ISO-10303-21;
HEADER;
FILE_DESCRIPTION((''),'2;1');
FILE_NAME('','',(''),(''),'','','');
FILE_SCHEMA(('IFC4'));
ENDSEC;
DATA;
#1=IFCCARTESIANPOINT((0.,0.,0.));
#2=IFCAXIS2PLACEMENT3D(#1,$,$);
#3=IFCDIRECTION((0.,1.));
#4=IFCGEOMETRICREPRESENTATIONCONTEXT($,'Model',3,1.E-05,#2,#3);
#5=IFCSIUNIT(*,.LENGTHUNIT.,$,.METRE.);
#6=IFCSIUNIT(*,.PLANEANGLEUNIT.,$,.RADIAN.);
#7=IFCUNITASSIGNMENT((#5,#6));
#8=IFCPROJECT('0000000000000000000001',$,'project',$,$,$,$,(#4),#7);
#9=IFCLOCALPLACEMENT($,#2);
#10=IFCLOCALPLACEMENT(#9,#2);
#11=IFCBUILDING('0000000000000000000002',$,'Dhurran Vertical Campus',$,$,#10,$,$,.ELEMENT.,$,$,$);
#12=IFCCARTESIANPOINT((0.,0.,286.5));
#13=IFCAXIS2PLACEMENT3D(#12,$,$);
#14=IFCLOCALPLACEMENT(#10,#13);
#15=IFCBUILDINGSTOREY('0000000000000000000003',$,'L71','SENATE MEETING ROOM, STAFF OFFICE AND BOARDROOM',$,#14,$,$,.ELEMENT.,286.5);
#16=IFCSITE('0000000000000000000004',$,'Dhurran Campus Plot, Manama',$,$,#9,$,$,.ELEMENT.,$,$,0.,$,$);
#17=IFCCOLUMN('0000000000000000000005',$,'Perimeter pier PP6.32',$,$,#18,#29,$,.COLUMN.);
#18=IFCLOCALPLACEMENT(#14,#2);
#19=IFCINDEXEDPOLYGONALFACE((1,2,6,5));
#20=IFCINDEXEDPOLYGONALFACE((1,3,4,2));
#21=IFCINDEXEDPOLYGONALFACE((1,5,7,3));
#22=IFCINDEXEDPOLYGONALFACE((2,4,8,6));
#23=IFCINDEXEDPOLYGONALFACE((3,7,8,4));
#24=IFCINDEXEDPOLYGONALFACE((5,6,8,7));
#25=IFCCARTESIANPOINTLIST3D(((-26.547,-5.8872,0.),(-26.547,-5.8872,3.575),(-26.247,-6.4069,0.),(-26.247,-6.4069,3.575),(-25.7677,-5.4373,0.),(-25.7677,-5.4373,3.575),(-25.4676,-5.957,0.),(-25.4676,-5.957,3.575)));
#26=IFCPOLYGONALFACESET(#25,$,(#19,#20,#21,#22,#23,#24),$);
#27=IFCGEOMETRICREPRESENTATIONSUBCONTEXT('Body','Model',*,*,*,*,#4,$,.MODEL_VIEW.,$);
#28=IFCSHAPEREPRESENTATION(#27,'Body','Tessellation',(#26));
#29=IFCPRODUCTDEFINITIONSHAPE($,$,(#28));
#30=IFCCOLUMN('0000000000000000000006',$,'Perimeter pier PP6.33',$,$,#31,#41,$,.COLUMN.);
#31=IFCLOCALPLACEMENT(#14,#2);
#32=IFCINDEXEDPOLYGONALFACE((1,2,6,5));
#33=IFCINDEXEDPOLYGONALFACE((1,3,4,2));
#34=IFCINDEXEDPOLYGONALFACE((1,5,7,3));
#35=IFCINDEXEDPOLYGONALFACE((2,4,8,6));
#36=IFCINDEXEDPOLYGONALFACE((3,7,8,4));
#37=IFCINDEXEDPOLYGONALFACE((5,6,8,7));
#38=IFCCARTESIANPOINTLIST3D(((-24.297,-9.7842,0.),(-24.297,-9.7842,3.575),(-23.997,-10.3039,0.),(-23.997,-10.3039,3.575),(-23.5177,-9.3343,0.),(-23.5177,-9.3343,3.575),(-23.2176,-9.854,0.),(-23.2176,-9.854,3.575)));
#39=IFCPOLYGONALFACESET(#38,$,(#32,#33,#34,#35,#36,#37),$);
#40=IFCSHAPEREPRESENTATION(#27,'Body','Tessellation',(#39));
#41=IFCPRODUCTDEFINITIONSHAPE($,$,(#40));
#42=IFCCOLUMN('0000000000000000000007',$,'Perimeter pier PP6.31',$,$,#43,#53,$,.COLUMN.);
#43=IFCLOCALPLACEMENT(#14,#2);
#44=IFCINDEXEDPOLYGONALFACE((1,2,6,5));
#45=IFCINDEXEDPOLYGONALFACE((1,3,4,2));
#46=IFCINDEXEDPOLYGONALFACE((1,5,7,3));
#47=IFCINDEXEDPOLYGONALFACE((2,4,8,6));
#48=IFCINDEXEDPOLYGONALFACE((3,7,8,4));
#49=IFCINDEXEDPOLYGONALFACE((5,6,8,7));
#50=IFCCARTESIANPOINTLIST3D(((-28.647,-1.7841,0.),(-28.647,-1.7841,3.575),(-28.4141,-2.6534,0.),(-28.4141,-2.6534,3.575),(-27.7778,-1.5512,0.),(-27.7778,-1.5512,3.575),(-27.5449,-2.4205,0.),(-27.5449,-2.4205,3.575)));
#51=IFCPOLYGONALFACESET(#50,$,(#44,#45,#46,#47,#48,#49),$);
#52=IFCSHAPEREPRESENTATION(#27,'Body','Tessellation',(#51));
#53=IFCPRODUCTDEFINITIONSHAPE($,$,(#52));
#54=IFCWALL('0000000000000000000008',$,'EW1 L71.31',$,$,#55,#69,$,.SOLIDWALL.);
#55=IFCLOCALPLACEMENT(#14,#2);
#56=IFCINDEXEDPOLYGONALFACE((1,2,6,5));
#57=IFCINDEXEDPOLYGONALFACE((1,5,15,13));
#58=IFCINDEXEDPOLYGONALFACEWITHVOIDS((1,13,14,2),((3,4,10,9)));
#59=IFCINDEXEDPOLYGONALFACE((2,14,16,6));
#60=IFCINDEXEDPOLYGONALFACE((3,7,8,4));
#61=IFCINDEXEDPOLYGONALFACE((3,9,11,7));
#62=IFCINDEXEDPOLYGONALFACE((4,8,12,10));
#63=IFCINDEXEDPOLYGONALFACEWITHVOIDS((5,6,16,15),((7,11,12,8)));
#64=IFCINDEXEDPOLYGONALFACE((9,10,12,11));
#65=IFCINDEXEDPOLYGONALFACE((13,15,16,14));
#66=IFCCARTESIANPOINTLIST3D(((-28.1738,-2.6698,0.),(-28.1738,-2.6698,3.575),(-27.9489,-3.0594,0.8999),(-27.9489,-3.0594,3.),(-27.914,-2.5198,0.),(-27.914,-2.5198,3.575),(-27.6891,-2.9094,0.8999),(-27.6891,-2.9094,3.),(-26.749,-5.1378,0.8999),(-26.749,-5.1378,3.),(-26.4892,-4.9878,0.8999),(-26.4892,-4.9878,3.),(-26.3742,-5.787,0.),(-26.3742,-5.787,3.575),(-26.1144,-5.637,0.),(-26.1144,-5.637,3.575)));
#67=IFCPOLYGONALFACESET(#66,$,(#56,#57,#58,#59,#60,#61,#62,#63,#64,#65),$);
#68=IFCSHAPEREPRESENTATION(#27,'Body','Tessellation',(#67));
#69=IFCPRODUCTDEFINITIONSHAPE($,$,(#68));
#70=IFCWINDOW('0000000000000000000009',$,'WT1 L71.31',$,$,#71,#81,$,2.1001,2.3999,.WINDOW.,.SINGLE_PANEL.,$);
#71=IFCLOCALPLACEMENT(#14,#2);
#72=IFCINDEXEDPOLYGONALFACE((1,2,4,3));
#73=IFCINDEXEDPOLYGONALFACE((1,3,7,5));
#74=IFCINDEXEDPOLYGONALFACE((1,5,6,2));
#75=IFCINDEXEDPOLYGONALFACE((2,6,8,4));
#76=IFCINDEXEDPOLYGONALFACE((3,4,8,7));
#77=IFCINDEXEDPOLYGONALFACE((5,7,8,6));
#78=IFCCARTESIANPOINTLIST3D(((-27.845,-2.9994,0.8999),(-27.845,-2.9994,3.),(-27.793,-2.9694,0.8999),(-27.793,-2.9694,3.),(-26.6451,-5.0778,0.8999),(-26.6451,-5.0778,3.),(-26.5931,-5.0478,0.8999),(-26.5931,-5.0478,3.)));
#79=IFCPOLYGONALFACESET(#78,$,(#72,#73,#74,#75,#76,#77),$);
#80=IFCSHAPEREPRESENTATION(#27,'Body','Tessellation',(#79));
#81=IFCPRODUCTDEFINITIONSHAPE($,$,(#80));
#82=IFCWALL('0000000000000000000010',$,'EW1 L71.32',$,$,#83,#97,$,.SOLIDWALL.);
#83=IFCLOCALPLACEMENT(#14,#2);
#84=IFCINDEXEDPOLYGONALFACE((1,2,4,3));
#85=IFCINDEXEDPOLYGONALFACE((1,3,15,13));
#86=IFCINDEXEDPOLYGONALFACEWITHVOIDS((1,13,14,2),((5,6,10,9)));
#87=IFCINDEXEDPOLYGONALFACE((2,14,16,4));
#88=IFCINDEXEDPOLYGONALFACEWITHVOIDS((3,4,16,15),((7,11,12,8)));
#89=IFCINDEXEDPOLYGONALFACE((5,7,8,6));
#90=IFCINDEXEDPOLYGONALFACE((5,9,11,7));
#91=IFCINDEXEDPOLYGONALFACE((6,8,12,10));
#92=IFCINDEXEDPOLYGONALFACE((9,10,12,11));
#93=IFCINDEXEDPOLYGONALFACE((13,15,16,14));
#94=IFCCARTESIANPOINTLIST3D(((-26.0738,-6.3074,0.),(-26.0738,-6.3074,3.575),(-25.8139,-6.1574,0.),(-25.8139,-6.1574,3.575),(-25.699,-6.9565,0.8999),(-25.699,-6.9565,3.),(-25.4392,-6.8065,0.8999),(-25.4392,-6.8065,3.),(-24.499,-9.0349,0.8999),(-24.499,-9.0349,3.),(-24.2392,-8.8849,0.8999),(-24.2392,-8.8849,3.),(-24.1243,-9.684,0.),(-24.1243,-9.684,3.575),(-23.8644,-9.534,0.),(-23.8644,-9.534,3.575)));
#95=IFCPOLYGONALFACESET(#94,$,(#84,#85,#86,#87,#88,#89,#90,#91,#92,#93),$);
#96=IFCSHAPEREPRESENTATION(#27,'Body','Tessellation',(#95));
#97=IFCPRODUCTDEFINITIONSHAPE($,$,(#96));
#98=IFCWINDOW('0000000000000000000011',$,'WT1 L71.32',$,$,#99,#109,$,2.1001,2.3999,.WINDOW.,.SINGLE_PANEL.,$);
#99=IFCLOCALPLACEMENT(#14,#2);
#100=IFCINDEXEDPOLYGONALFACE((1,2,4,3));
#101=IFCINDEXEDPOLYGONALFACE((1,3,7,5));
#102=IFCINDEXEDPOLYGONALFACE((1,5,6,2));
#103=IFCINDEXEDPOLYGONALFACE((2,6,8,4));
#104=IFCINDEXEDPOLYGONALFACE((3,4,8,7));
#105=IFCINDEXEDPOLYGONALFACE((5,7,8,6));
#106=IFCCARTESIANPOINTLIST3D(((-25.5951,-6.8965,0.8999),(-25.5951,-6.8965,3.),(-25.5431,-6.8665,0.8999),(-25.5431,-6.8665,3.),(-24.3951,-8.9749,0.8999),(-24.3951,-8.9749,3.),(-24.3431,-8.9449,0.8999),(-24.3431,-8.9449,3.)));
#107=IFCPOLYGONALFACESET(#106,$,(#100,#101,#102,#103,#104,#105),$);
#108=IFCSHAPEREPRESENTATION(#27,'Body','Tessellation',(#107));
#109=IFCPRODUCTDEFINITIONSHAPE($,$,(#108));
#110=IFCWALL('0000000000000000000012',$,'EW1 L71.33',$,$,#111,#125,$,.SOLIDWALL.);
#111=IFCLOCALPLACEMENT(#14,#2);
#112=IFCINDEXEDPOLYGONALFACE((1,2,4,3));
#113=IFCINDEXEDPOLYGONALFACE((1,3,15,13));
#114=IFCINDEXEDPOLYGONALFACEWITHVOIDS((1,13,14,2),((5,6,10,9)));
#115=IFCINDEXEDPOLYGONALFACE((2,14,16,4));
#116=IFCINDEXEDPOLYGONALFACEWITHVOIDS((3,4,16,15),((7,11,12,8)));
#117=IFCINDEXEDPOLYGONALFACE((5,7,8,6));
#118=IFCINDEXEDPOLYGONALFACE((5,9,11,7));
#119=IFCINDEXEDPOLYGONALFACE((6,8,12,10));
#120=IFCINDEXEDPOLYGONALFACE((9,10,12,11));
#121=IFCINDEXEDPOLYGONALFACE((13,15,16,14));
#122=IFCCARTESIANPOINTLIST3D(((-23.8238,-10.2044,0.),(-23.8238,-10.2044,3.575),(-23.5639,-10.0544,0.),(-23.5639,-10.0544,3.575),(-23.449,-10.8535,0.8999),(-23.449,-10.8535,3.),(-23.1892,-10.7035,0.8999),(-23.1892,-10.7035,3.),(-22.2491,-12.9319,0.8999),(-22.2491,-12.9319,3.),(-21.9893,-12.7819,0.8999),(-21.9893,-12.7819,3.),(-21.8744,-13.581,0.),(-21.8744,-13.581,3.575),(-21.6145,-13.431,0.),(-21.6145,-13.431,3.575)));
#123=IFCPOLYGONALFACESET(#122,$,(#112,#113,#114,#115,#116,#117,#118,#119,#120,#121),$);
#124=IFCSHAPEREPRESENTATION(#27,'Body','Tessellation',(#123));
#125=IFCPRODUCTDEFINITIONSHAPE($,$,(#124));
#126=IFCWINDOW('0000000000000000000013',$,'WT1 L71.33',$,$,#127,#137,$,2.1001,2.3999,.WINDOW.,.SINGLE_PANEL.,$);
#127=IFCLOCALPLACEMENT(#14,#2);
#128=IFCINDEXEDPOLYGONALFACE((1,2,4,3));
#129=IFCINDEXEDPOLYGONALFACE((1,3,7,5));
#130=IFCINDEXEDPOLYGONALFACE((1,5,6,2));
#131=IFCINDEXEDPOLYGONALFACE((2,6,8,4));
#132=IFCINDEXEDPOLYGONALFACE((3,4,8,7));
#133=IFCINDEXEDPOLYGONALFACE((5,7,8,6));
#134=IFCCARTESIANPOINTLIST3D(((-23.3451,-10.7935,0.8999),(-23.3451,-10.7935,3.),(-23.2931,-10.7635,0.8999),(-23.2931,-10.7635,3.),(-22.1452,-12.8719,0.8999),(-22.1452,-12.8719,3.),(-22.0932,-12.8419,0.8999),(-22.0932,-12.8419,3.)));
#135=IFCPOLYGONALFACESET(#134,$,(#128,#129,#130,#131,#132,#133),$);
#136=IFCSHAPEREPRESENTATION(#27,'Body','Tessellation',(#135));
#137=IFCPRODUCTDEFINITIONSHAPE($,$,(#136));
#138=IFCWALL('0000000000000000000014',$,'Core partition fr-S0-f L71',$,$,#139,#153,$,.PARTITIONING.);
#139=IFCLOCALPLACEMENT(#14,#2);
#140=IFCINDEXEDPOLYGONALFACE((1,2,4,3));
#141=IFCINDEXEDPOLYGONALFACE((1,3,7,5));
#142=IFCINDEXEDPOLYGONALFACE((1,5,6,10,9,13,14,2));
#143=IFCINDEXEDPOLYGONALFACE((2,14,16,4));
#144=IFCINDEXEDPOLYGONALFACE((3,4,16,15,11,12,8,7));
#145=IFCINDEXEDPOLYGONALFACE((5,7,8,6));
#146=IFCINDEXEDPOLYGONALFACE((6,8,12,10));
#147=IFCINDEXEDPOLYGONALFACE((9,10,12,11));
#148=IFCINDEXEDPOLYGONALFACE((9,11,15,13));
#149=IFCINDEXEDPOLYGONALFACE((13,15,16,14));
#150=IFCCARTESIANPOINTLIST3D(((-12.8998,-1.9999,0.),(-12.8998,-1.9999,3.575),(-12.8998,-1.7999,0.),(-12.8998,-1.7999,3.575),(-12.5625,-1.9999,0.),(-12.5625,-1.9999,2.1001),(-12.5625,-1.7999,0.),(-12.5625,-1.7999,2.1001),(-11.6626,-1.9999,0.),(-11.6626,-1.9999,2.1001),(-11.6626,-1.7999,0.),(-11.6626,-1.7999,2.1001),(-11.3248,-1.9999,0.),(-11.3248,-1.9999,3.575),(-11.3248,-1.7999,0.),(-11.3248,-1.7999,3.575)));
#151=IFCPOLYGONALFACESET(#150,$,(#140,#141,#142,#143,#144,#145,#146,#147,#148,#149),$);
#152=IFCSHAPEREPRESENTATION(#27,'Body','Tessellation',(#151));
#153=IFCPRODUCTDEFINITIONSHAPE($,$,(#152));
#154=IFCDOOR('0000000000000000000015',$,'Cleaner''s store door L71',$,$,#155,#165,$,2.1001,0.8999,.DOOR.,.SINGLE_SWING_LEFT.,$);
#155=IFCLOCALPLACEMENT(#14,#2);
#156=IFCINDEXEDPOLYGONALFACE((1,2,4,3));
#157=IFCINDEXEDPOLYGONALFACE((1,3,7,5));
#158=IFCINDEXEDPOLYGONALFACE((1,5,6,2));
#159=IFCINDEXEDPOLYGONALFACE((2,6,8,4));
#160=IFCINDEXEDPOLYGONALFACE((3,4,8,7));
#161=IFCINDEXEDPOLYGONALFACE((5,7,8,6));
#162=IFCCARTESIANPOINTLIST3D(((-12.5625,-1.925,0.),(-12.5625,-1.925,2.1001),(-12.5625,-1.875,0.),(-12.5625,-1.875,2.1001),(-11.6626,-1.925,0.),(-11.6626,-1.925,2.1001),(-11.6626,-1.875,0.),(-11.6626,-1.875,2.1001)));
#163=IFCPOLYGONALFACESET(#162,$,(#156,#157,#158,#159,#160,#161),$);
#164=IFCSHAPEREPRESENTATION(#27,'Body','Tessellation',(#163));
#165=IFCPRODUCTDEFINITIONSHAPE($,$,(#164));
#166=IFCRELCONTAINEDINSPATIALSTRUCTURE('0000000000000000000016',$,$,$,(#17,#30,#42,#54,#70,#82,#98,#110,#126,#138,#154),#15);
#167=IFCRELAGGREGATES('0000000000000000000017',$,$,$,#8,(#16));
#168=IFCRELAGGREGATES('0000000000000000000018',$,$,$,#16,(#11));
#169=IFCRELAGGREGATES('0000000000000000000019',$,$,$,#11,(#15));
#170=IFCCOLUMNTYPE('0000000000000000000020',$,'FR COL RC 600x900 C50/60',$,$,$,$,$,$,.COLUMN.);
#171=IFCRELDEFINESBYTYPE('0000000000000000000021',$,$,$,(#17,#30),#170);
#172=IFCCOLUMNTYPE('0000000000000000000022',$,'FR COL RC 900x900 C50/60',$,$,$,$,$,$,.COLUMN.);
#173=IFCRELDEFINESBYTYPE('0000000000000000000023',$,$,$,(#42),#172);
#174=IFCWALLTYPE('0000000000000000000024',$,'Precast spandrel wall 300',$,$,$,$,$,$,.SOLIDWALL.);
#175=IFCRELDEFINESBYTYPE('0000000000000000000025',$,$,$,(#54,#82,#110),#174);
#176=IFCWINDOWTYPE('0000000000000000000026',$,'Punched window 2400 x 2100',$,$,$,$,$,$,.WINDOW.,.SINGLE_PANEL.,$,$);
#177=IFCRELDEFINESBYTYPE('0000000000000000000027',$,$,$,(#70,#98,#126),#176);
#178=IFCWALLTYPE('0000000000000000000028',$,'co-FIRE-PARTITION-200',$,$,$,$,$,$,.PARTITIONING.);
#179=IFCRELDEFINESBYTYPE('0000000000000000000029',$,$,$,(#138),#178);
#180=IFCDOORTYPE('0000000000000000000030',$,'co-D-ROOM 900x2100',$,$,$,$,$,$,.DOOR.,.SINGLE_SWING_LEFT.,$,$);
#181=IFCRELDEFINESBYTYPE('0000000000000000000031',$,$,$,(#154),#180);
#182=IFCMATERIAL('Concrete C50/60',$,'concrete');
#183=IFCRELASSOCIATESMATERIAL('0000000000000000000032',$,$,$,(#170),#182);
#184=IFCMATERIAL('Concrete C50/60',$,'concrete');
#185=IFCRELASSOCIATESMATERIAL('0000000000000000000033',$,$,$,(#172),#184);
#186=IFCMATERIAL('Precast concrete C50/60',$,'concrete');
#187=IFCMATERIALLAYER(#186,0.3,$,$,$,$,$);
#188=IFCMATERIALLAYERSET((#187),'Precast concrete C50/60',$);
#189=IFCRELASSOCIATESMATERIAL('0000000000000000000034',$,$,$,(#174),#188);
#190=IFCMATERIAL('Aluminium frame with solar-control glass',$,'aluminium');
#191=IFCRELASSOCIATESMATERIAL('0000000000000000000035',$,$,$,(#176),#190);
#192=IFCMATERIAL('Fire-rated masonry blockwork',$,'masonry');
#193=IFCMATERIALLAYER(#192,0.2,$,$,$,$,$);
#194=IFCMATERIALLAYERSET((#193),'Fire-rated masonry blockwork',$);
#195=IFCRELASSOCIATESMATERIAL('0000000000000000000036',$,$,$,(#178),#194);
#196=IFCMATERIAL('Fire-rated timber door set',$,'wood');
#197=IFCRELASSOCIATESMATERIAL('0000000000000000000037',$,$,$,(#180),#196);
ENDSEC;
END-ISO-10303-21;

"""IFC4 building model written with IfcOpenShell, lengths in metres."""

from ifc_helpers import new_model, si_unit, direction, frame, frame_2d, origin, origin_2d, place, context, subcontext, project, spatial, rectangle, extrude, material, layer, layer_set, material_profile, profile_set, type_object, element, fill, save


model = new_model("IFC4")

# Units and contexts
model_context = context("Model", 3, precision=1e-05, world=origin(), true_north=direction((0.0, 1.0)))
body_context = subcontext(model_context, "Body", "Model", "MODEL_VIEW")
ifc_project = project(units=[si_unit("LENGTHUNIT", "METRE"), si_unit("PLANEANGLEUNIT", "RADIAN")], contexts=[model_context])

# Site, building, storey
site_placement = place(None, origin())
site = spatial("IfcSite", under=ifc_project, at=site_placement, Name="Dhurran Campus Plot, Manama", CompositionType="ELEMENT", RefElevation=0.0)
building_placement = place(site_placement, origin())
building = spatial("IfcBuilding", under=site, at=building_placement, Name="Dhurran Vertical Campus", CompositionType="ELEMENT")
storey_placement = place(building_placement, frame((0.0, 0.0, 286.5)))
storey = spatial("IfcBuildingStorey", under=building, at=storey_placement, Name="L71", Description="SENATE MEETING ROOM, STAFF OFFICE AND BOARDROOM", CompositionType="ELEMENT", Elevation=286.5)

# Columns
ifc_material_1 = material(Name="Concrete C50/60", Category="concrete")
ifc_material_profile_1 = material_profile(ifc_material_1, rectangle(XDim=0.6001, YDim=0.8999, at=origin_2d()), Name="RC 600x900")
ifc_profile_set_1 = profile_set([ifc_material_profile_1], Name="Concrete C50/60")
column_type_1 = type_object("IfcColumnType", Name="FR COL RC 600x900 C50/60", PredefinedType="COLUMN", material=ifc_profile_set_1)
for number, where, z_axis, x_axis, name in (
    (1, (-26.0073, -5.9221, 0.0), (0.0, 0.0, 1.0), (0.5, -0.866025, 0.0), "Perimeter pier PP6.32"),
    (2, (-23.7573, -9.8191, 0.0), (0.0, 0.0, 1.0), (0.5, -0.866025, 0.0), "Perimeter pier PP6.33"),
):
    element("IfcColumn", number, at=place(storey_placement, frame(where, z_axis=z_axis, x_axis=x_axis)), inside=storey, type_object=column_type_1, Name=name, PredefinedType="COLUMN", context=body_context, shape_type="SweptSolid", body=[
        extrude(rectangle(XDim=0.6001, YDim=0.8999, at=origin_2d()), origin(), (0.0, 0.0, 1.0), 3.575),
    ])
ifc_material_2 = material(Name="Concrete C50/60", Category="concrete")
ifc_material_profile_2 = material_profile(ifc_material_2, rectangle(XDim=0.8999, YDim=0.8999, at=origin_2d()), Name="RC 900x900")
ifc_profile_set_2 = profile_set([ifc_material_profile_2], Name="Concrete C50/60")
column_type_2 = type_object("IfcColumnType", Name="FR COL RC 900x900 C50/60", PredefinedType="COLUMN", material=ifc_profile_set_2)
column_placement = place(storey_placement, frame((-28.0959, -2.1023, 0.0), z_axis=(0.0, 0.0, 1.0), x_axis=(0.258819, -0.965926, 0.0)))
element("IfcColumn", 3, at=column_placement, inside=storey, type_object=column_type_2, Name="Perimeter pier PP6.31", PredefinedType="COLUMN", context=body_context, shape_type="SweptSolid", body=[
    extrude(rectangle(XDim=0.8999, YDim=0.8999, at=origin_2d()), origin(), (0.0, 0.0, 1.0), 3.575),
])

# Walls, openings, windows
ifc_material_3 = material(Name="Precast concrete C50/60", Category="concrete")
ifc_layer_1 = layer(ifc_material_3, 0.3)
ifc_layer_set_1 = layer_set([ifc_layer_1], Name="Precast concrete C50/60")
wall_type_1 = type_object("IfcWallType", Name="Precast spandrel wall 300", PredefinedType="SOLIDWALL", material=ifc_layer_set_1)
wall_1_placement = place(storey_placement, frame((-28.0439, -2.5947, 0.0), z_axis=(0.0, 0.0, 1.0), x_axis=(0.499969, -0.866043, 0.0)))
wall_1 = element("IfcWall", 4, at=wall_1_placement, inside=storey, type_object=wall_type_1, Name="EW1 L71.31", PredefinedType="SOLIDWALL", context=body_context, shape_type="SweptSolid", body=[
    extrude(rectangle(XDim=3.5994, YDim=0.3, at=frame_2d((1.7998, 0.0))), origin(), (0.0, 0.0, 1.0), 3.575),
])
opening_1_placement = place(wall_1_placement, frame((0.45, 0.0, 0.8999)))
opening_1 = element("IfcOpeningElement", 5, at=opening_1_placement, cuts=wall_1, PredefinedType="OPENING", context=body_context, shape_type="SweptSolid", body=[
    extrude(rectangle(XDim=2.3999, YDim=2.1001, at=frame_2d((1.2, 1.05))), frame((0.0, 0.1599, 0.0), z_axis=(0.0, -1.0, 0.0), x_axis=(1.0, 0.0, 0.0)), (0.0, 0.0, 1.0), 0.3201),
])
ifc_material_4 = material(Name="Aluminium frame with solar-control glass", Category="aluminium")
window_type = type_object("IfcWindowType", Name="Punched window 2400 x 2100", PartitioningType="SINGLE_PANEL", PredefinedType="WINDOW", material=ifc_material_4)
window_1_placement = place(opening_1_placement, origin())
window_1 = element("IfcWindow", 6, at=window_1_placement, inside=storey, type_object=window_type, Name="WT1 L71.31", OverallHeight=2.1001, OverallWidth=2.3999, PartitioningType="SINGLE_PANEL", PredefinedType="WINDOW", context=body_context, shape_type="SweptSolid", body=[
    extrude(rectangle(XDim=2.3999, YDim=2.1001, at=frame_2d((1.2, 1.05))), frame((0.0, 0.03, 0.0), z_axis=(0.0, -1.0, 0.0), x_axis=(1.0, 0.0, 0.0)), (0.0, 0.0, 1.0), 0.0601),
])
fill(opening_1, window_1)
wall_2_placement = place(storey_placement, frame((-25.9438, -6.2324, 0.0), z_axis=(0.0, 0.0, 1.0), x_axis=(0.500012, -0.866019, 0.0)))
wall_2 = element("IfcWall", 7, at=wall_2_placement, inside=storey, type_object=wall_type_1, Name="EW1 L71.32", PredefinedType="SOLIDWALL", context=body_context, shape_type="SweptSolid", body=[
    extrude(rectangle(XDim=3.8989, YDim=0.3, at=frame_2d((1.9495, 0.0))), origin(), (0.0, 0.0, 1.0), 3.575),
])
opening_2_placement = place(wall_2_placement, frame((0.7495, 0.0, 0.8999)))
opening_2 = element("IfcOpeningElement", 8, at=opening_2_placement, cuts=wall_2, PredefinedType="OPENING", context=body_context, shape_type="SweptSolid", body=[
    extrude(rectangle(XDim=2.3999, YDim=2.1001, at=frame_2d((1.2, 1.05))), frame((0.0, 0.1599, 0.0), z_axis=(0.0, -1.0, 0.0), x_axis=(1.0, 0.0, 0.0)), (0.0, 0.0, 1.0), 0.3201),
])
window_2_placement = place(opening_2_placement, origin())
window_2 = element("IfcWindow", 9, at=window_2_placement, inside=storey, type_object=window_type, Name="WT1 L71.32", OverallHeight=2.1001, OverallWidth=2.3999, PartitioningType="SINGLE_PANEL", PredefinedType="WINDOW", context=body_context, shape_type="SweptSolid", body=[
    extrude(rectangle(XDim=2.3999, YDim=2.1001, at=frame_2d((1.2, 1.05))), frame((0.0, 0.03, 0.0), z_axis=(0.0, -1.0, 0.0), x_axis=(1.0, 0.0, 0.0)), (0.0, 0.0, 1.0), 0.0601),
])
fill(opening_2, window_2)
wall_3_placement = place(storey_placement, frame((-23.6938, -10.1294, 0.0), z_axis=(0.0, 0.0, 1.0), x_axis=(0.499984, -0.866034, 0.0)))
wall_3 = element("IfcWall", 10, at=wall_3_placement, inside=storey, type_object=wall_type_1, Name="EW1 L71.33", PredefinedType="SOLIDWALL", context=body_context, shape_type="SweptSolid", body=[
    extrude(rectangle(XDim=3.8989, YDim=0.3, at=frame_2d((1.9495, 0.0))), origin(), (0.0, 0.0, 1.0), 3.575),
])
opening_3_placement = place(wall_3_placement, frame((0.7495, 0.0, 0.8999)))
opening_3 = element("IfcOpeningElement", 11, at=opening_3_placement, cuts=wall_3, PredefinedType="OPENING", context=body_context, shape_type="SweptSolid", body=[
    extrude(rectangle(XDim=2.3999, YDim=2.1001, at=frame_2d((1.2, 1.05))), frame((0.0, 0.1599, 0.0), z_axis=(0.0, -1.0, 0.0), x_axis=(1.0, 0.0, 0.0)), (0.0, 0.0, 1.0), 0.3201),
])
window_3_placement = place(opening_3_placement, origin())
window_3 = element("IfcWindow", 12, at=window_3_placement, inside=storey, type_object=window_type, Name="WT1 L71.33", OverallHeight=2.1001, OverallWidth=2.3999, PartitioningType="SINGLE_PANEL", PredefinedType="WINDOW", context=body_context, shape_type="SweptSolid", body=[
    extrude(rectangle(XDim=2.3999, YDim=2.1001, at=frame_2d((1.2, 1.05))), frame((0.0, 0.03, 0.0), z_axis=(0.0, -1.0, 0.0), x_axis=(1.0, 0.0, 0.0)), (0.0, 0.0, 1.0), 0.0601),
])
fill(opening_3, window_3)

# Wall, opening, door
ifc_material_5 = material(Name="Fire-rated masonry blockwork", Category="masonry")
ifc_layer_2 = layer(ifc_material_5, 0.2)
ifc_layer_set_2 = layer_set([ifc_layer_2], Name="Fire-rated masonry blockwork")
wall_type_2 = type_object("IfcWallType", Name="co-FIRE-PARTITION-200", PredefinedType="PARTITIONING", material=ifc_layer_set_2)
wall_4_placement = place(storey_placement, frame((-12.8999, -1.8999, 0.0), z_axis=(0.0, 0.0, 1.0), x_axis=(1.0, 0.0, 0.0)))
wall_4 = element("IfcWall", 13, at=wall_4_placement, inside=storey, type_object=wall_type_2, Name="Core partition fr-S0-f L71", PredefinedType="PARTITIONING", context=body_context, shape_type="SweptSolid", body=[
    extrude(rectangle(XDim=1.575, YDim=0.2, at=frame_2d((0.7876, 0.0))), origin(), (0.0, 0.0, 1.0), 3.575),
])
opening_4_placement = place(wall_4_placement, frame((0.3374, 0.0, 0.0)))
opening_4 = element("IfcOpeningElement", 14, at=opening_4_placement, cuts=wall_4, PredefinedType="OPENING", context=body_context, shape_type="SweptSolid", body=[
    extrude(rectangle(XDim=0.8999, YDim=2.1001, at=frame_2d((0.45, 1.05))), frame((0.0, 0.1099, 0.0), z_axis=(0.0, -1.0, 0.0), x_axis=(1.0, 0.0, 0.0)), (0.0, 0.0, 1.0), 0.22),
])
ifc_material_6 = material(Name="Fire-rated timber door set", Category="wood")
door_type_1 = type_object("IfcDoorType", Name="co-D-ROOM 900x2100", OperationType="SINGLE_SWING_LEFT", PredefinedType="DOOR", material=ifc_material_6)
door_1_placement = place(opening_4_placement, origin())
door_1 = element("IfcDoor", 15, at=door_1_placement, inside=storey, type_object=door_type_1, Name="Cleaner's store door L71", OperationType="SINGLE_SWING_LEFT", OverallHeight=2.1001, OverallWidth=0.8999, PredefinedType="DOOR", context=body_context, shape_type="SweptSolid", body=[
    extrude(rectangle(XDim=0.8999, YDim=2.1001, at=frame_2d((0.45, 1.05))), frame((0.0, 0.0249, 0.0), z_axis=(0.0, -1.0, 0.0), x_axis=(1.0, 0.0, 0.0)), (0.0, 0.0, 1.0), 0.05),
])
fill(opening_4, door_1)

save(model, "model.ifc")
